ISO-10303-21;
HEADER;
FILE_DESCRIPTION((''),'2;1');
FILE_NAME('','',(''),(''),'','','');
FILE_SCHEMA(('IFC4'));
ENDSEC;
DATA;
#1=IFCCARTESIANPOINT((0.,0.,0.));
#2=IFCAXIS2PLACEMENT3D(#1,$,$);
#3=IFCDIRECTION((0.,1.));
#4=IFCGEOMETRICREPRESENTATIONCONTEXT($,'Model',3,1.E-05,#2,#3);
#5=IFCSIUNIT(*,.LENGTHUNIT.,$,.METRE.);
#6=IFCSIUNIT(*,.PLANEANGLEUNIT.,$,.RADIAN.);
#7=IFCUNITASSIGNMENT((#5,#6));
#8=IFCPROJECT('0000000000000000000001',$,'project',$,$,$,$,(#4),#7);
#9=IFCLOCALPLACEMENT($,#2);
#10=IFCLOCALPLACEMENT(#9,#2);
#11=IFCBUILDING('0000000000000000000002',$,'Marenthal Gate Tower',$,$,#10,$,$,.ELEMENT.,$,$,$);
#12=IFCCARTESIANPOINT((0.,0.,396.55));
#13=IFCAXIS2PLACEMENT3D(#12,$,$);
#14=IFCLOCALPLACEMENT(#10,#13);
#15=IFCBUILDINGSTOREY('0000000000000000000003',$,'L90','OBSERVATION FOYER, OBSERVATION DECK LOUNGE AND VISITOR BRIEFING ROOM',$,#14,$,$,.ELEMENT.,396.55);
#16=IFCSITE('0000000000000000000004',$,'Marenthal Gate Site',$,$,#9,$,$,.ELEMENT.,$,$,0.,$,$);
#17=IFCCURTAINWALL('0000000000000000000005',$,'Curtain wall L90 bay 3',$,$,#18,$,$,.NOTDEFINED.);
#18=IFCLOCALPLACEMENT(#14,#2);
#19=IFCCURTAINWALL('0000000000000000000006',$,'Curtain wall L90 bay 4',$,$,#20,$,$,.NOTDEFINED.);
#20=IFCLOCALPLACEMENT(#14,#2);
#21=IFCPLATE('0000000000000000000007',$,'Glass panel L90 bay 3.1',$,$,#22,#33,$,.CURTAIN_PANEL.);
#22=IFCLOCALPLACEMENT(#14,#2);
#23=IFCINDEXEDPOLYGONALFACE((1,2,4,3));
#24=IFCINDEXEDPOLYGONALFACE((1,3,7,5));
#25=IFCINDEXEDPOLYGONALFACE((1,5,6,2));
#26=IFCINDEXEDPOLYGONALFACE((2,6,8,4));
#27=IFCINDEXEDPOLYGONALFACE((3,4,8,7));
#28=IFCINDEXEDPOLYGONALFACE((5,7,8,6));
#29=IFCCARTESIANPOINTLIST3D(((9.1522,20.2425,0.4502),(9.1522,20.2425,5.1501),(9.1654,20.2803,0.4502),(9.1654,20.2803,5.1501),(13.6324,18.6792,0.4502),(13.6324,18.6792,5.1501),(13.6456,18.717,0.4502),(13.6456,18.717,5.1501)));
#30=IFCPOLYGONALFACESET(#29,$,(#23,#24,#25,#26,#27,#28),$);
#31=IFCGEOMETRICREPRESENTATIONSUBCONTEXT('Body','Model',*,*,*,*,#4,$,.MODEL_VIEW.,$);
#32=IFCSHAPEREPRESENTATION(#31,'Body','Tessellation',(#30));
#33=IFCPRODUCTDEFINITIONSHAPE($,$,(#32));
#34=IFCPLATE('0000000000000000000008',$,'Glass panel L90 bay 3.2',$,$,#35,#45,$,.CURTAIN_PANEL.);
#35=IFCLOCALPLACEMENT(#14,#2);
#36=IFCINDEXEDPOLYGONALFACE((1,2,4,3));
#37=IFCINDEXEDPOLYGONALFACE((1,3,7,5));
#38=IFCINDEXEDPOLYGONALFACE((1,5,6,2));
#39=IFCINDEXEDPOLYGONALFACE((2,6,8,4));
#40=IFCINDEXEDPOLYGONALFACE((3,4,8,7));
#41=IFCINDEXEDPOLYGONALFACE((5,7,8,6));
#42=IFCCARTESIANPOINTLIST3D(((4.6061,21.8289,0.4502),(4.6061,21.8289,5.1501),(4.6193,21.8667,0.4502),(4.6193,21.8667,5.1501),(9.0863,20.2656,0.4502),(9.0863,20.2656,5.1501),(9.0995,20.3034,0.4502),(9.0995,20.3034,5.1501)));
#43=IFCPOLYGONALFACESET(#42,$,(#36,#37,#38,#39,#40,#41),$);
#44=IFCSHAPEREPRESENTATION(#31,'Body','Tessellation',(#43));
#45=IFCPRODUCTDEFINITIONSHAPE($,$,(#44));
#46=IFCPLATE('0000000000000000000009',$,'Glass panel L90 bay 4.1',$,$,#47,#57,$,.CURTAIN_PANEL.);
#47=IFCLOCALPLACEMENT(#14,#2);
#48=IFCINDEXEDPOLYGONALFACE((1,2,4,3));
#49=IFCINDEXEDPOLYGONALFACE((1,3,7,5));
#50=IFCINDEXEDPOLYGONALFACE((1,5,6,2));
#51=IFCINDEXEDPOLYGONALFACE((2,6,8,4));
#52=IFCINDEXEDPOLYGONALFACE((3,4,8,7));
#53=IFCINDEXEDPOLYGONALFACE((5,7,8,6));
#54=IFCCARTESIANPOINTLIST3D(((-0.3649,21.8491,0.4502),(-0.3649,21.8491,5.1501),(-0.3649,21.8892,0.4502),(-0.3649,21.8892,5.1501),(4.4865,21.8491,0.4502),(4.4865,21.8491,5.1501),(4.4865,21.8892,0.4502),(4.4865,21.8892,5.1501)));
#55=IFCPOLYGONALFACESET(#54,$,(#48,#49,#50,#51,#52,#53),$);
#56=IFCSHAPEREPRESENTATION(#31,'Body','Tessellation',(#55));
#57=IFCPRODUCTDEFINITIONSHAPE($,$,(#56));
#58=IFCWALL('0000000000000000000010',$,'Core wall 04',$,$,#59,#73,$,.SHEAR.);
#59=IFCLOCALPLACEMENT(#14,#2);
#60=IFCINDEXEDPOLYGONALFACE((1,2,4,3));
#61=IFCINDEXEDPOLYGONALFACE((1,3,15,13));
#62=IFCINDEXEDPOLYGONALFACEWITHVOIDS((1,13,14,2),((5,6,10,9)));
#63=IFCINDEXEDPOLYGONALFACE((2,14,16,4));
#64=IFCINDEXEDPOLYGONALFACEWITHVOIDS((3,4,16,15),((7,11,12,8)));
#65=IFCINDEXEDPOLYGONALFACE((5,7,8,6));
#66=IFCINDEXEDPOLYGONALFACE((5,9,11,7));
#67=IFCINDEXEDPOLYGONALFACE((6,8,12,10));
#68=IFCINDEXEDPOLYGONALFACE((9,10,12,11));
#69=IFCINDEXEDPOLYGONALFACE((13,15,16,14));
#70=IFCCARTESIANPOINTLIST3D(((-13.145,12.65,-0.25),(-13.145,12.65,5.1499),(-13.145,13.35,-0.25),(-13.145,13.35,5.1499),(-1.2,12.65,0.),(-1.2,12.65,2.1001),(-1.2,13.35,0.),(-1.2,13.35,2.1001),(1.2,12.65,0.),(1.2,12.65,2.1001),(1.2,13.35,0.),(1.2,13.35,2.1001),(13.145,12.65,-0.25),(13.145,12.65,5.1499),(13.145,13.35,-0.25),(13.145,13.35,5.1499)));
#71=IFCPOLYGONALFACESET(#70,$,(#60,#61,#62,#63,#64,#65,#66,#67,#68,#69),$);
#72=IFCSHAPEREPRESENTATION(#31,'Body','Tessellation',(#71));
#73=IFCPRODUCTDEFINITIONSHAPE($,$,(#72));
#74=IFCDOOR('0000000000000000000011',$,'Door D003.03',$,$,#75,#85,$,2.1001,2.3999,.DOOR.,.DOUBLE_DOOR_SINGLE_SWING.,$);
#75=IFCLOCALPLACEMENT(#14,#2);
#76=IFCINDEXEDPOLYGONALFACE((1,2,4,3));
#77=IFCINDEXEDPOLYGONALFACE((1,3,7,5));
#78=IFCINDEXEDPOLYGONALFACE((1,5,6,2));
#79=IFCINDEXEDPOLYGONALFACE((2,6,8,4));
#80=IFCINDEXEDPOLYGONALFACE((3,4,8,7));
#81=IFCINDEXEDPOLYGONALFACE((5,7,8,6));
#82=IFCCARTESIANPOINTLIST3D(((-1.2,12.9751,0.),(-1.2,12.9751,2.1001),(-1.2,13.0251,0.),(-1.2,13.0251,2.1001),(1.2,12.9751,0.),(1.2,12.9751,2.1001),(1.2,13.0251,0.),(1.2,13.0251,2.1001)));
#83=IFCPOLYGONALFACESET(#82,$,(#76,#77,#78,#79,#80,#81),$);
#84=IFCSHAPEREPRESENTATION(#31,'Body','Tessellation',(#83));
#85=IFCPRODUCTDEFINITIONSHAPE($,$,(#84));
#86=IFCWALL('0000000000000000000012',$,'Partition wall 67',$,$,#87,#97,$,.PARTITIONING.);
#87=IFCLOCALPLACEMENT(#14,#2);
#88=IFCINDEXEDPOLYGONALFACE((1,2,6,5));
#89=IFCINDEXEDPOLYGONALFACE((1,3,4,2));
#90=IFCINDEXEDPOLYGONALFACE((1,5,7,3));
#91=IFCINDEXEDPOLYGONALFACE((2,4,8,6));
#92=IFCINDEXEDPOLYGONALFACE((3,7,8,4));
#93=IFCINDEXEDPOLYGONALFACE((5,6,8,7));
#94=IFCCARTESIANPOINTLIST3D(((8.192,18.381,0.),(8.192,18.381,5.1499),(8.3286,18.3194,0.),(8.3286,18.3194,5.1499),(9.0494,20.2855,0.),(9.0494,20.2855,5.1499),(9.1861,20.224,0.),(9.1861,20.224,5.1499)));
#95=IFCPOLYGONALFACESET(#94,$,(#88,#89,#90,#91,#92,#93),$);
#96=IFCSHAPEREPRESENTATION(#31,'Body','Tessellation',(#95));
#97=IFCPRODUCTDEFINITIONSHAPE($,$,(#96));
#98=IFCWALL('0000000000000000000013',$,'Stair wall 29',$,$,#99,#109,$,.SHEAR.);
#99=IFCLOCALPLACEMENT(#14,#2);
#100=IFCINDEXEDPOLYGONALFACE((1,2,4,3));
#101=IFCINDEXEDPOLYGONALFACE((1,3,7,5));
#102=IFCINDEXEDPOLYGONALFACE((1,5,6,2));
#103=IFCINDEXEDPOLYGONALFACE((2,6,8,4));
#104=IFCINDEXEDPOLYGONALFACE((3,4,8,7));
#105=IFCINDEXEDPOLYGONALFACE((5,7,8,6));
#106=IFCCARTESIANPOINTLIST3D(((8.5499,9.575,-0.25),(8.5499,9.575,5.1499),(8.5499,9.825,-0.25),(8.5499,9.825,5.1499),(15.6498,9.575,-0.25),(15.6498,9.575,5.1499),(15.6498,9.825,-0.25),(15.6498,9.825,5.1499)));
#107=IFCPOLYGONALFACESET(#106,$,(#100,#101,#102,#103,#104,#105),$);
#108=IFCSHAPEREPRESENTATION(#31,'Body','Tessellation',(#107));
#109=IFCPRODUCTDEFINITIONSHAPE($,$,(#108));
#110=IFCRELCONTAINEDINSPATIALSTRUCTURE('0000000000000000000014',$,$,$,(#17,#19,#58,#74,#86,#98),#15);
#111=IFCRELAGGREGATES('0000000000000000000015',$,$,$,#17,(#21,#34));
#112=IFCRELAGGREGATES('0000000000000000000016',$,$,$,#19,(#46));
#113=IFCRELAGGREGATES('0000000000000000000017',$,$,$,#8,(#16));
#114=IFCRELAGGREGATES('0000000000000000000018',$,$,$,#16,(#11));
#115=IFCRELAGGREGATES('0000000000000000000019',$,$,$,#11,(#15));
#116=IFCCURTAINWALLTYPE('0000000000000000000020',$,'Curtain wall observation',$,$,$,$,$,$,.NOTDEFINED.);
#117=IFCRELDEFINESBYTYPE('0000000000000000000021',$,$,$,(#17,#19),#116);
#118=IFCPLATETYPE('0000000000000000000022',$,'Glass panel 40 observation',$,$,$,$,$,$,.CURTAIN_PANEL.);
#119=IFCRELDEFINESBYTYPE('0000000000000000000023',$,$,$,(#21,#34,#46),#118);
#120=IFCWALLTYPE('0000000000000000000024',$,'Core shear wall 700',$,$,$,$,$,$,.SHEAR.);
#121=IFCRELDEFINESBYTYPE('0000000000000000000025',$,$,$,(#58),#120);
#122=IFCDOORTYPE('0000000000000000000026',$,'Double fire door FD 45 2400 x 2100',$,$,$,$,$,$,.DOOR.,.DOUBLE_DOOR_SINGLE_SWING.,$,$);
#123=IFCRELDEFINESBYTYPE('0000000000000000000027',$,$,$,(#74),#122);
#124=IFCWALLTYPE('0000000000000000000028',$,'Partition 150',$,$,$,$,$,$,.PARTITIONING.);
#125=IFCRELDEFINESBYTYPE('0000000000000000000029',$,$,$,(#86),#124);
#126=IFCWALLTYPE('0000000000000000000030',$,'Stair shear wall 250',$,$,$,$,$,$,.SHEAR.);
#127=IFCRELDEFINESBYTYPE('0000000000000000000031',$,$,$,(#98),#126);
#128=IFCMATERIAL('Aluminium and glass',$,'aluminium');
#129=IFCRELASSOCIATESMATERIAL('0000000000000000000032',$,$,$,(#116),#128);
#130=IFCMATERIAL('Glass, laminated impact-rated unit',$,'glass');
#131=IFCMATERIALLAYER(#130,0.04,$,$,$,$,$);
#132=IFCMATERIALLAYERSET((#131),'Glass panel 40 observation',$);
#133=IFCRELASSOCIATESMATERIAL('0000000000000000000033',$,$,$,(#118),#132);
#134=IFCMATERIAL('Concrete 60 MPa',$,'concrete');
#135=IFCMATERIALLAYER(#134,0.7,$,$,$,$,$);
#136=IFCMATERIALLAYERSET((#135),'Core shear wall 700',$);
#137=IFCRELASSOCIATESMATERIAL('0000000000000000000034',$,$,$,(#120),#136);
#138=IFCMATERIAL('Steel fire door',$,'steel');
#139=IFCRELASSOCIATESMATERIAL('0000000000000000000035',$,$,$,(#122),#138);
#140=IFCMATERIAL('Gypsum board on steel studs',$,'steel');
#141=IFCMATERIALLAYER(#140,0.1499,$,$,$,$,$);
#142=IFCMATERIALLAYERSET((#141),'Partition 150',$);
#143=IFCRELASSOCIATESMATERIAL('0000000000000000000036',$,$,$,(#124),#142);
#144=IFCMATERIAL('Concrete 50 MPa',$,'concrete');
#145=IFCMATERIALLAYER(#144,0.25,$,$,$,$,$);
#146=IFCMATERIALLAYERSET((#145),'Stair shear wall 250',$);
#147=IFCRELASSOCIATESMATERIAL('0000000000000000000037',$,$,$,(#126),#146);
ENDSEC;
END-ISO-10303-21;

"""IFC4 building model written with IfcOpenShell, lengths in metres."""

from ifc_helpers import new_model, si_unit, direction, frame, frame_2d, origin, origin_2d, place, context, subcontext, project, spatial, rectangle, extrude, material, layer, layer_set, type_object, element, fill, aggregate, save


model = new_model("IFC4")

# Units and contexts
model_context = context("Model", 3, precision=1e-05, world=origin(), true_north=direction((0.0, 1.0)))
body_context = subcontext(model_context, "Body", "Model", "MODEL_VIEW")
ifc_project = project(units=[si_unit("LENGTHUNIT", "METRE"), si_unit("PLANEANGLEUNIT", "RADIAN")], contexts=[model_context])

# Site, building, storey
site_placement = place(None, origin())
site = spatial("IfcSite", under=ifc_project, at=site_placement, Name="Marenthal Gate Site", CompositionType="ELEMENT", RefElevation=0.0)
building_placement = place(site_placement, origin())
building = spatial("IfcBuilding", under=site, at=building_placement, Name="Marenthal Gate Tower", CompositionType="ELEMENT")
storey_placement = place(building_placement, frame((0.0, 0.0, 396.55)))
storey = spatial("IfcBuildingStorey", under=building, at=storey_placement, Name="L90", Description="OBSERVATION FOYER, OBSERVATION DECK LOUNGE AND VISITOR BRIEFING ROOM", CompositionType="ELEMENT", Elevation=396.55)

# Curtain walls
ifc_material_1 = material(Name="Aluminium and glass", Category="aluminium")
curtain_wall_type = type_object("IfcCurtainWallType", Name="Curtain wall observation", PredefinedType="NOTDEFINED", material=ifc_material_1)
curtain_wall_1_placement = place(storey_placement, origin())
curtain_wall_1 = element("IfcCurtainWall", 1, at=curtain_wall_1_placement, inside=storey, type_object=curtain_wall_type, Name="Curtain wall L90 bay 3", PredefinedType="NOTDEFINED")
curtain_wall_2_placement = place(storey_placement, origin())
curtain_wall_2 = element("IfcCurtainWall", 2, at=curtain_wall_2_placement, inside=storey, type_object=curtain_wall_type, Name="Curtain wall L90 bay 4", PredefinedType="NOTDEFINED")

# Plates
ifc_material_2 = material(Name="Glass, laminated impact-rated unit", Category="glass")
ifc_layer_1 = layer(ifc_material_2, 0.04)
ifc_layer_set_1 = layer_set([ifc_layer_1], Name="Glass panel 40 observation")
plate_type = type_object("IfcPlateType", Name="Glass panel 40 observation", PredefinedType="CURTAIN_PANEL", material=ifc_layer_set_1)
plate_1_placement = place(storey_placement, frame((11.3989, 19.4797, 0.4502), z_axis=(0.0, 0.0, 1.0), x_axis=(-0.944172, 0.329454, 0.0)))
plate_1 = element("IfcPlate", 3, at=plate_1_placement, type_object=plate_type, Name="Glass panel L90 bay 3.1", PredefinedType="CURTAIN_PANEL", context=body_context, shape_type="SweptSolid", body=[
    extrude(rectangle(XDim=4.7451, YDim=0.04, at=origin_2d()), origin(), (0.0, 0.0, 1.0), 4.7),
])
plate_2_placement = place(storey_placement, frame((6.8528, 21.0662, 0.4502), z_axis=(0.0, 0.0, 1.0), x_axis=(-0.944172, 0.329454, 0.0)))
plate_2 = element("IfcPlate", 4, at=plate_2_placement, type_object=plate_type, Name="Glass panel L90 bay 3.2", PredefinedType="CURTAIN_PANEL", context=body_context, shape_type="SweptSolid", body=[
    extrude(rectangle(XDim=4.7451, YDim=0.04, at=origin_2d()), origin(), (0.0, 0.0, 1.0), 4.7),
])
aggregate(curtain_wall_1, [plate_1, plate_2])
plate_3_placement = place(storey_placement, frame((2.0608, 21.8691, 0.4502), z_axis=(0.0, 0.0, 1.0), x_axis=(-1.0, 0.0, 0.0)))
plate_3 = element("IfcPlate", 5, at=plate_3_placement, type_object=plate_type, Name="Glass panel L90 bay 4.1", PredefinedType="CURTAIN_PANEL", context=body_context, shape_type="SweptSolid", body=[
    extrude(rectangle(XDim=4.8513, YDim=0.04, at=origin_2d()), origin(), (0.0, 0.0, 1.0), 4.7),
])
aggregate(curtain_wall_2, [plate_3])

# Wall, opening, door
ifc_material_3 = material(Name="Concrete 60 MPa", Category="concrete")
ifc_layer_2 = layer(ifc_material_3, 0.7)
ifc_layer_set_2 = layer_set([ifc_layer_2], Name="Core shear wall 700")
wall_type_1 = type_object("IfcWallType", Name="Core shear wall 700", PredefinedType="SHEAR", material=ifc_layer_set_2)
wall_1_placement = place(storey_placement, frame((13.145, 13.0, -0.25), z_axis=(0.0, 0.0, 1.0), x_axis=(-1.0, 0.0, 0.0)))
wall_1 = element("IfcWall", 6, at=wall_1_placement, inside=storey, type_object=wall_type_1, Name="Core wall 04", PredefinedType="SHEAR", context=body_context, shape_type="SweptSolid", body=[
    extrude(rectangle(XDim=26.29, YDim=0.7, at=frame_2d((13.145, 0.0))), origin(), (0.0, 0.0, 1.0), 5.3999),
])
opening_placement = place(wall_1_placement, frame((11.9451, 0.0, 0.25)))
opening = element("IfcOpeningElement", 7, at=opening_placement, cuts=wall_1, PredefinedType="OPENING", context=body_context, shape_type="SweptSolid", body=[
    extrude(rectangle(XDim=2.3999, YDim=2.1001, at=frame_2d((1.2, 1.05))), frame((0.0, 0.3599, 0.0), z_axis=(0.0, -1.0, 0.0), x_axis=(1.0, 0.0, 0.0)), (0.0, 0.0, 1.0), 0.72),
])
ifc_material_4 = material(Name="Steel fire door", Category="steel")
door_type = type_object("IfcDoorType", Name="Double fire door FD 45 2400 x 2100", OperationType="DOUBLE_DOOR_SINGLE_SWING", PredefinedType="DOOR", material=ifc_material_4)
door_placement = place(opening_placement, origin())
door = element("IfcDoor", 8, at=door_placement, inside=storey, type_object=door_type, Name="Door D003.03", OperationType="DOUBLE_DOOR_SINGLE_SWING", OverallHeight=2.1001, OverallWidth=2.3999, PredefinedType="DOOR", context=body_context, shape_type="SweptSolid", body=[
    extrude(rectangle(XDim=2.3999, YDim=2.1001, at=frame_2d((1.2, 1.05))), frame((0.0, 0.0249, 0.0), z_axis=(0.0, -1.0, 0.0), x_axis=(1.0, 0.0, 0.0)), (0.0, 0.0, 1.0), 0.05),
])
fill(opening, door)

# Walls
ifc_material_5 = material(Name="Gypsum board on steel studs", Category="steel")
ifc_layer_3 = layer(ifc_material_5, 0.1499)
ifc_layer_set_3 = layer_set([ifc_layer_3], Name="Partition 150")
wall_type_2 = type_object("IfcWallType", Name="Partition 150", PredefinedType="PARTITIONING", material=ifc_layer_set_3)
wall_2_placement = place(storey_placement, frame((8.2603, 18.3501, 0.0), z_axis=(0.0, 0.0, 1.0), x_axis=(0.410515, 0.911854, 0.0)))
element("IfcWall", 9, at=wall_2_placement, inside=storey, type_object=wall_type_2, Name="Partition wall 67", PredefinedType="PARTITIONING", context=body_context, shape_type="SweptSolid", body=[
    extrude(rectangle(XDim=2.0886, YDim=0.1499, at=frame_2d((1.0444, 0.0))), origin(), (0.0, 0.0, 1.0), 5.1499),
])
ifc_material_6 = material(Name="Concrete 50 MPa", Category="concrete")
ifc_layer_4 = layer(ifc_material_6, 0.25)
ifc_layer_set_4 = layer_set([ifc_layer_4], Name="Stair shear wall 250")
wall_type_3 = type_object("IfcWallType", Name="Stair shear wall 250", PredefinedType="SHEAR", material=ifc_layer_set_4)
wall_3_placement = place(storey_placement, frame((8.55, 9.7, -0.25), z_axis=(0.0, 0.0, 1.0), x_axis=(1.0, 0.0, 0.0)))
element("IfcWall", 10, at=wall_3_placement, inside=storey, type_object=wall_type_3, Name="Stair wall 29", PredefinedType="SHEAR", context=body_context, shape_type="SweptSolid", body=[
    extrude(rectangle(XDim=7.0999, YDim=0.25, at=frame_2d((3.5498, 0.0))), origin(), (0.0, 0.0, 1.0), 5.3999),
])

save(model, "model.ifc")
